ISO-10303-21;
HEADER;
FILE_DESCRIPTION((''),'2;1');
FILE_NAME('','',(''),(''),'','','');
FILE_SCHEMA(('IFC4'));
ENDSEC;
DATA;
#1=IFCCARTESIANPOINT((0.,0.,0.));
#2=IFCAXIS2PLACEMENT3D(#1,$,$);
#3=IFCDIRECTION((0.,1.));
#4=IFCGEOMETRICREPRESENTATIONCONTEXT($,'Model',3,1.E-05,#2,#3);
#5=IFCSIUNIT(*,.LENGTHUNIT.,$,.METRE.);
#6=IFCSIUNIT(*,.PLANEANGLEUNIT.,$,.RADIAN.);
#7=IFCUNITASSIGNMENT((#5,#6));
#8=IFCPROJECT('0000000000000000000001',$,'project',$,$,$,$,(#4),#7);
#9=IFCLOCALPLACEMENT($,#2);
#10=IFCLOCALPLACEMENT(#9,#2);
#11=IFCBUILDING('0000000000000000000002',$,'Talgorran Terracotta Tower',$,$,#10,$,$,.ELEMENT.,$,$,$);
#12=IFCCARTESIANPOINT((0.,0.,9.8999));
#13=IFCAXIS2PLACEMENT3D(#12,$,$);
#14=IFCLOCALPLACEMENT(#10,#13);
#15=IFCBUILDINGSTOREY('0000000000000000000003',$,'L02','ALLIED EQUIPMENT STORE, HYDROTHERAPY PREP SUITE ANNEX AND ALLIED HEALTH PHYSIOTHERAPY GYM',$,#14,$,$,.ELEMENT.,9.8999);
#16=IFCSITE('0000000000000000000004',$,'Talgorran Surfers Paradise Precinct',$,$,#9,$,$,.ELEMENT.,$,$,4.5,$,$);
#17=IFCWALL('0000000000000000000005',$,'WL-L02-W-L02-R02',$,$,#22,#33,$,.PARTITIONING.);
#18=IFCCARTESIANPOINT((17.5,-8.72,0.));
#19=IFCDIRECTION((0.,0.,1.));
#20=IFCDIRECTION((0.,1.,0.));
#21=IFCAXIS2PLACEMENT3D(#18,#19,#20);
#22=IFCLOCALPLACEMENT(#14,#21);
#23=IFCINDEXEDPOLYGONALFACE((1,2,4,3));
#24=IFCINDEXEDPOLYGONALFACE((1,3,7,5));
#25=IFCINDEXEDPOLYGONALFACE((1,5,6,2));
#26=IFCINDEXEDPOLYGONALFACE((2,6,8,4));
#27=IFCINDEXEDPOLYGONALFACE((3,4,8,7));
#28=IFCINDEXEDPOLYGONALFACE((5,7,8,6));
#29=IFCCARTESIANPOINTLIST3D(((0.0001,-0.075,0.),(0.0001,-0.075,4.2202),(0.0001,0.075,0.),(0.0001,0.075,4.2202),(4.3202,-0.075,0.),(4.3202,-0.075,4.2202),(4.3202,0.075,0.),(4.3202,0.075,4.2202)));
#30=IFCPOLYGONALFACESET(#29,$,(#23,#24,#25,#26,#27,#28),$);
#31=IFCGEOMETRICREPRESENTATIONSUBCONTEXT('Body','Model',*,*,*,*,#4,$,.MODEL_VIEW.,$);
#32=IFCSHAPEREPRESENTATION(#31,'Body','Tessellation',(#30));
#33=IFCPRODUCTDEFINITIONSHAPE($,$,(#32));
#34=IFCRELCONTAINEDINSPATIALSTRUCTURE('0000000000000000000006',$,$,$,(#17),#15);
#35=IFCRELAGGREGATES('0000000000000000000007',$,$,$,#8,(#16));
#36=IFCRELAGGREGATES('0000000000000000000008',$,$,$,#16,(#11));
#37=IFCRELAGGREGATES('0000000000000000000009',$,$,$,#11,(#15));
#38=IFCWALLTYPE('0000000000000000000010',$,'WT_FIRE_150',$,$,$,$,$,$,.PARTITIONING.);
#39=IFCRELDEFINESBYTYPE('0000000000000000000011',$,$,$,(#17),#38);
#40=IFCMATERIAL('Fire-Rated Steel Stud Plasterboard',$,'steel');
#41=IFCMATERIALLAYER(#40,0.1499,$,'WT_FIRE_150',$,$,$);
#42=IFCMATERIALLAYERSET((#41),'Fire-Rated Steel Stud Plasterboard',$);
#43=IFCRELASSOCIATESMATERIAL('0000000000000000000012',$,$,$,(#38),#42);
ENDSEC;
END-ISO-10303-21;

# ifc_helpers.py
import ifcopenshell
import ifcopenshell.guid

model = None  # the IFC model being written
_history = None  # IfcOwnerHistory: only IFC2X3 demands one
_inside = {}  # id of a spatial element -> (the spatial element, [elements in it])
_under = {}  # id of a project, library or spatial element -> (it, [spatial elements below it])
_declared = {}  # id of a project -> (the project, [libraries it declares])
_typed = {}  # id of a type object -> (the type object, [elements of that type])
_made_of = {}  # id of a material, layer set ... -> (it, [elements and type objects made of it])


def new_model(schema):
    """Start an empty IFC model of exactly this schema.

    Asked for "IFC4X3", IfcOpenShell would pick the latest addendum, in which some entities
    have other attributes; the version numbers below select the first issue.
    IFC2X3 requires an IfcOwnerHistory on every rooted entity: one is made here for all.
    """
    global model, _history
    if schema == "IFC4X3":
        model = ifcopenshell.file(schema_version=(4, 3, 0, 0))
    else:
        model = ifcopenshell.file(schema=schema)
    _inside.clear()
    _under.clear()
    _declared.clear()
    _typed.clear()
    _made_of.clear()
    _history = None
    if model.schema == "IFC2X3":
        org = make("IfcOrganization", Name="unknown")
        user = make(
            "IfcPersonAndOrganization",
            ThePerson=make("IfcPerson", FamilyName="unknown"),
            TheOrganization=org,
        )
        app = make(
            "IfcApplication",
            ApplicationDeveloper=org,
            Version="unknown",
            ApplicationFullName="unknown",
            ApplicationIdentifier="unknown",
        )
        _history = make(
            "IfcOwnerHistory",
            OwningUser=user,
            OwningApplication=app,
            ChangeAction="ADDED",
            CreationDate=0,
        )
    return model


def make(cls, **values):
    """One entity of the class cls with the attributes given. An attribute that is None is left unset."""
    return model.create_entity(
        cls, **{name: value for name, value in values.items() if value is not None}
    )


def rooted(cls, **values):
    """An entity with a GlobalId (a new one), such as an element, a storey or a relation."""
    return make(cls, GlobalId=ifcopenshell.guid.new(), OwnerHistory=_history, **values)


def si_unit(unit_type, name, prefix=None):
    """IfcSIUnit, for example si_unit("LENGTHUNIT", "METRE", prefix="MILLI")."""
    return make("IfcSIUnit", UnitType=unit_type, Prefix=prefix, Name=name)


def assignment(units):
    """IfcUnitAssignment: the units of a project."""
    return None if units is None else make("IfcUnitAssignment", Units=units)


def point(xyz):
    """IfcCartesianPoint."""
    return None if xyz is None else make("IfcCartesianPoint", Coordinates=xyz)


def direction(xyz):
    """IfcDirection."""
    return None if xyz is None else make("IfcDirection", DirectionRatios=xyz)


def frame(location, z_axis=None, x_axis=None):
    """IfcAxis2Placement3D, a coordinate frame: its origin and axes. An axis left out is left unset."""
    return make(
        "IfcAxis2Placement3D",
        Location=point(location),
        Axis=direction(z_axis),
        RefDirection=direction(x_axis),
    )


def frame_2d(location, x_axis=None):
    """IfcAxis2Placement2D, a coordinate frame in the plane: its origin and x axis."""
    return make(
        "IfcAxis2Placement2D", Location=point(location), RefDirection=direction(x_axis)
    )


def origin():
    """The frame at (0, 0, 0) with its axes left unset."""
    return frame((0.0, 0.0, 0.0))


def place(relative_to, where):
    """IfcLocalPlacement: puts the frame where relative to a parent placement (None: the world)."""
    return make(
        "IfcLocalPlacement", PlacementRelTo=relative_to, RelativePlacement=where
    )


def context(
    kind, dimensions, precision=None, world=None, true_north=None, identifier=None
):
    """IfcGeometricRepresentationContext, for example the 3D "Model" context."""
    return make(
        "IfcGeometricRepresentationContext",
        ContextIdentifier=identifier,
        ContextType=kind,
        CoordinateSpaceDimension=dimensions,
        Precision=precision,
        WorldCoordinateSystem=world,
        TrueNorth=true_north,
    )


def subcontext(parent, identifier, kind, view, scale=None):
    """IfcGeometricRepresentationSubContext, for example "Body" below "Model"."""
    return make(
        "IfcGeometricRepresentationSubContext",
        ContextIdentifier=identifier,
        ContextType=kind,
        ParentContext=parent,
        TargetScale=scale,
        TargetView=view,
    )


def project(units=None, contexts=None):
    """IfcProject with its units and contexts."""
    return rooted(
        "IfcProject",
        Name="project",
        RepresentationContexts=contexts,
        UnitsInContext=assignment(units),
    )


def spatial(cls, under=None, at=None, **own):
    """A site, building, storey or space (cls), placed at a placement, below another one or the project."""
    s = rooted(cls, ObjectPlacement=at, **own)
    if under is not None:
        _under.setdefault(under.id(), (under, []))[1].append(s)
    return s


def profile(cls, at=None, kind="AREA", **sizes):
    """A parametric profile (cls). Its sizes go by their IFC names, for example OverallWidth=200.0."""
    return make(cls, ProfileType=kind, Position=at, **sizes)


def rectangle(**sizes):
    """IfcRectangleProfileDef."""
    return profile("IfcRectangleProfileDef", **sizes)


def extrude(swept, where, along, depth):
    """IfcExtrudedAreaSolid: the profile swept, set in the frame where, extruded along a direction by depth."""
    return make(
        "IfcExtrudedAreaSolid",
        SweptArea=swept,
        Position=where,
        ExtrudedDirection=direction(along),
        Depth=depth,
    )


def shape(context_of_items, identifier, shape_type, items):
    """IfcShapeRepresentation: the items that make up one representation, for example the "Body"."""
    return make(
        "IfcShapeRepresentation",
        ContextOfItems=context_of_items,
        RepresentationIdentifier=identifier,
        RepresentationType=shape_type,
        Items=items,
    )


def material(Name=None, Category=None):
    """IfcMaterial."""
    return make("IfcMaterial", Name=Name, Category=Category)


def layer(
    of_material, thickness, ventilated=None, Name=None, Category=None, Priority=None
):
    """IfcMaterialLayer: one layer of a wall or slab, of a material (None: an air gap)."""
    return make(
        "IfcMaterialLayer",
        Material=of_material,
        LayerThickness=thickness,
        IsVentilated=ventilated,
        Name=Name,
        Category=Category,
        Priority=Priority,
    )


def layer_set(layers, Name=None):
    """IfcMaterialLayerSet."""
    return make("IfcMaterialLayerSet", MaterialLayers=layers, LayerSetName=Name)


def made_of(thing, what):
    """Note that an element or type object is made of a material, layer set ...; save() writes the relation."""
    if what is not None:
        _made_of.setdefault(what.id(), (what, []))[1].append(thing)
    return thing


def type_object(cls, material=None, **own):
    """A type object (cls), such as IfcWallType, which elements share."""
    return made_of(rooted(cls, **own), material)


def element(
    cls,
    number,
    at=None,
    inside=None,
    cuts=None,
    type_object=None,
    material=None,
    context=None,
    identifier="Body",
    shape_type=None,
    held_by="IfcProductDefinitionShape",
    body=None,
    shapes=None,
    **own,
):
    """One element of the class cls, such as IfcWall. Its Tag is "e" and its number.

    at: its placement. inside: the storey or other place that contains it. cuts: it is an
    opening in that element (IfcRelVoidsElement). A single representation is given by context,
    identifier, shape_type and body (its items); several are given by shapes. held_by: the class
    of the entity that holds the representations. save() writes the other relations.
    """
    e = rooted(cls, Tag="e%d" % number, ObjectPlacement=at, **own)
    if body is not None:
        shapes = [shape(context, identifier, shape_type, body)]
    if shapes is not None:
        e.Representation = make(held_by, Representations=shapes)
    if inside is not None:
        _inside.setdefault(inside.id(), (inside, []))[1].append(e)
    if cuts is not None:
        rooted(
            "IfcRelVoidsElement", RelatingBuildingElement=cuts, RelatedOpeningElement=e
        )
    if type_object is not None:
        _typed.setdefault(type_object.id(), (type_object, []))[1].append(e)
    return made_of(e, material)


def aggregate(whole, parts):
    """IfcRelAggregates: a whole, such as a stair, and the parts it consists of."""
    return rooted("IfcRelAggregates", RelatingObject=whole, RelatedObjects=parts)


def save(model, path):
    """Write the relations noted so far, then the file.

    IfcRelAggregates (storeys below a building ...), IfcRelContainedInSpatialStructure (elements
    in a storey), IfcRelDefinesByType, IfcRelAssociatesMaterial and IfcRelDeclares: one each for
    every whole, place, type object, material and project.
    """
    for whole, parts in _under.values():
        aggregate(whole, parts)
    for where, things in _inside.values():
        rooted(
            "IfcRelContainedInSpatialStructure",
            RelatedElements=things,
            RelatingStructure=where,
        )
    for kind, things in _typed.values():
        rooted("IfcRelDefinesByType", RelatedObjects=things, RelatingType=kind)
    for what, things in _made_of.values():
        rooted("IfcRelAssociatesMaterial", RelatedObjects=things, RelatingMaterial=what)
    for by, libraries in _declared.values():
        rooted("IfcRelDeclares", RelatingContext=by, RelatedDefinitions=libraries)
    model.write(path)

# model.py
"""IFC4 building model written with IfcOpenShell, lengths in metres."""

from ifc_helpers import new_model, si_unit, direction, frame, frame_2d, origin, place, context, subcontext, project, spatial, rectangle, extrude, material, layer, layer_set, type_object, element, save


model = new_model("IFC4")

# Units and contexts
model_context = context("Model", 3, precision=1e-05, world=origin(), true_north=direction((0.0, 1.0)))
body_context = subcontext(model_context, "Body", "Model", "MODEL_VIEW")
ifc_project = project(units=[si_unit("LENGTHUNIT", "METRE"), si_unit("PLANEANGLEUNIT", "RADIAN")], contexts=[model_context])

# Site, building, storey
site_placement = place(None, origin())
site = spatial("IfcSite", under=ifc_project, at=site_placement, Name="Talgorran Surfers Paradise Precinct", CompositionType="ELEMENT", RefElevation=4.5)
building_placement = place(site_placement, origin())
building = spatial("IfcBuilding", under=site, at=building_placement, Name="Talgorran Terracotta Tower", CompositionType="ELEMENT")
storey_placement = place(building_placement, frame((0.0, 0.0, 9.8999)))
storey = spatial("IfcBuildingStorey", under=building, at=storey_placement, Name="L02", Description="ALLIED EQUIPMENT STORE, HYDROTHERAPY PREP SUITE ANNEX AND ALLIED HEALTH PHYSIOTHERAPY GYM", CompositionType="ELEMENT", Elevation=9.8999)

# Wall
ifc_material_1 = material(Name="Fire-Rated Steel Stud Plasterboard", Category="steel")
ifc_layer_1 = layer(ifc_material_1, 0.1499, Name="WT_FIRE_150")
ifc_layer_set_1 = layer_set([ifc_layer_1], Name="Fire-Rated Steel Stud Plasterboard")
wall_type_1 = type_object("IfcWallType", Name="WT_FIRE_150", PredefinedType="PARTITIONING", material=ifc_layer_set_1)
wall_1_placement = place(storey_placement, frame((17.5, -8.72, 0.0), z_axis=(0.0, 0.0, 1.0), x_axis=(0.0, 1.0, 0.0)))
element("IfcWall", 1, at=wall_1_placement, inside=storey, type_object=wall_type_1, Name="WL-L02-W-L02-R02", PredefinedType="PARTITIONING", context=body_context, shape_type="SweptSolid", body=[
    extrude(rectangle(XDim=4.3201, YDim=0.1499, at=frame_2d((2.1602, 0.0))), origin(), (0.0, 0.0, 1.0), 4.2202),
])

save(model, "model.ifc")
